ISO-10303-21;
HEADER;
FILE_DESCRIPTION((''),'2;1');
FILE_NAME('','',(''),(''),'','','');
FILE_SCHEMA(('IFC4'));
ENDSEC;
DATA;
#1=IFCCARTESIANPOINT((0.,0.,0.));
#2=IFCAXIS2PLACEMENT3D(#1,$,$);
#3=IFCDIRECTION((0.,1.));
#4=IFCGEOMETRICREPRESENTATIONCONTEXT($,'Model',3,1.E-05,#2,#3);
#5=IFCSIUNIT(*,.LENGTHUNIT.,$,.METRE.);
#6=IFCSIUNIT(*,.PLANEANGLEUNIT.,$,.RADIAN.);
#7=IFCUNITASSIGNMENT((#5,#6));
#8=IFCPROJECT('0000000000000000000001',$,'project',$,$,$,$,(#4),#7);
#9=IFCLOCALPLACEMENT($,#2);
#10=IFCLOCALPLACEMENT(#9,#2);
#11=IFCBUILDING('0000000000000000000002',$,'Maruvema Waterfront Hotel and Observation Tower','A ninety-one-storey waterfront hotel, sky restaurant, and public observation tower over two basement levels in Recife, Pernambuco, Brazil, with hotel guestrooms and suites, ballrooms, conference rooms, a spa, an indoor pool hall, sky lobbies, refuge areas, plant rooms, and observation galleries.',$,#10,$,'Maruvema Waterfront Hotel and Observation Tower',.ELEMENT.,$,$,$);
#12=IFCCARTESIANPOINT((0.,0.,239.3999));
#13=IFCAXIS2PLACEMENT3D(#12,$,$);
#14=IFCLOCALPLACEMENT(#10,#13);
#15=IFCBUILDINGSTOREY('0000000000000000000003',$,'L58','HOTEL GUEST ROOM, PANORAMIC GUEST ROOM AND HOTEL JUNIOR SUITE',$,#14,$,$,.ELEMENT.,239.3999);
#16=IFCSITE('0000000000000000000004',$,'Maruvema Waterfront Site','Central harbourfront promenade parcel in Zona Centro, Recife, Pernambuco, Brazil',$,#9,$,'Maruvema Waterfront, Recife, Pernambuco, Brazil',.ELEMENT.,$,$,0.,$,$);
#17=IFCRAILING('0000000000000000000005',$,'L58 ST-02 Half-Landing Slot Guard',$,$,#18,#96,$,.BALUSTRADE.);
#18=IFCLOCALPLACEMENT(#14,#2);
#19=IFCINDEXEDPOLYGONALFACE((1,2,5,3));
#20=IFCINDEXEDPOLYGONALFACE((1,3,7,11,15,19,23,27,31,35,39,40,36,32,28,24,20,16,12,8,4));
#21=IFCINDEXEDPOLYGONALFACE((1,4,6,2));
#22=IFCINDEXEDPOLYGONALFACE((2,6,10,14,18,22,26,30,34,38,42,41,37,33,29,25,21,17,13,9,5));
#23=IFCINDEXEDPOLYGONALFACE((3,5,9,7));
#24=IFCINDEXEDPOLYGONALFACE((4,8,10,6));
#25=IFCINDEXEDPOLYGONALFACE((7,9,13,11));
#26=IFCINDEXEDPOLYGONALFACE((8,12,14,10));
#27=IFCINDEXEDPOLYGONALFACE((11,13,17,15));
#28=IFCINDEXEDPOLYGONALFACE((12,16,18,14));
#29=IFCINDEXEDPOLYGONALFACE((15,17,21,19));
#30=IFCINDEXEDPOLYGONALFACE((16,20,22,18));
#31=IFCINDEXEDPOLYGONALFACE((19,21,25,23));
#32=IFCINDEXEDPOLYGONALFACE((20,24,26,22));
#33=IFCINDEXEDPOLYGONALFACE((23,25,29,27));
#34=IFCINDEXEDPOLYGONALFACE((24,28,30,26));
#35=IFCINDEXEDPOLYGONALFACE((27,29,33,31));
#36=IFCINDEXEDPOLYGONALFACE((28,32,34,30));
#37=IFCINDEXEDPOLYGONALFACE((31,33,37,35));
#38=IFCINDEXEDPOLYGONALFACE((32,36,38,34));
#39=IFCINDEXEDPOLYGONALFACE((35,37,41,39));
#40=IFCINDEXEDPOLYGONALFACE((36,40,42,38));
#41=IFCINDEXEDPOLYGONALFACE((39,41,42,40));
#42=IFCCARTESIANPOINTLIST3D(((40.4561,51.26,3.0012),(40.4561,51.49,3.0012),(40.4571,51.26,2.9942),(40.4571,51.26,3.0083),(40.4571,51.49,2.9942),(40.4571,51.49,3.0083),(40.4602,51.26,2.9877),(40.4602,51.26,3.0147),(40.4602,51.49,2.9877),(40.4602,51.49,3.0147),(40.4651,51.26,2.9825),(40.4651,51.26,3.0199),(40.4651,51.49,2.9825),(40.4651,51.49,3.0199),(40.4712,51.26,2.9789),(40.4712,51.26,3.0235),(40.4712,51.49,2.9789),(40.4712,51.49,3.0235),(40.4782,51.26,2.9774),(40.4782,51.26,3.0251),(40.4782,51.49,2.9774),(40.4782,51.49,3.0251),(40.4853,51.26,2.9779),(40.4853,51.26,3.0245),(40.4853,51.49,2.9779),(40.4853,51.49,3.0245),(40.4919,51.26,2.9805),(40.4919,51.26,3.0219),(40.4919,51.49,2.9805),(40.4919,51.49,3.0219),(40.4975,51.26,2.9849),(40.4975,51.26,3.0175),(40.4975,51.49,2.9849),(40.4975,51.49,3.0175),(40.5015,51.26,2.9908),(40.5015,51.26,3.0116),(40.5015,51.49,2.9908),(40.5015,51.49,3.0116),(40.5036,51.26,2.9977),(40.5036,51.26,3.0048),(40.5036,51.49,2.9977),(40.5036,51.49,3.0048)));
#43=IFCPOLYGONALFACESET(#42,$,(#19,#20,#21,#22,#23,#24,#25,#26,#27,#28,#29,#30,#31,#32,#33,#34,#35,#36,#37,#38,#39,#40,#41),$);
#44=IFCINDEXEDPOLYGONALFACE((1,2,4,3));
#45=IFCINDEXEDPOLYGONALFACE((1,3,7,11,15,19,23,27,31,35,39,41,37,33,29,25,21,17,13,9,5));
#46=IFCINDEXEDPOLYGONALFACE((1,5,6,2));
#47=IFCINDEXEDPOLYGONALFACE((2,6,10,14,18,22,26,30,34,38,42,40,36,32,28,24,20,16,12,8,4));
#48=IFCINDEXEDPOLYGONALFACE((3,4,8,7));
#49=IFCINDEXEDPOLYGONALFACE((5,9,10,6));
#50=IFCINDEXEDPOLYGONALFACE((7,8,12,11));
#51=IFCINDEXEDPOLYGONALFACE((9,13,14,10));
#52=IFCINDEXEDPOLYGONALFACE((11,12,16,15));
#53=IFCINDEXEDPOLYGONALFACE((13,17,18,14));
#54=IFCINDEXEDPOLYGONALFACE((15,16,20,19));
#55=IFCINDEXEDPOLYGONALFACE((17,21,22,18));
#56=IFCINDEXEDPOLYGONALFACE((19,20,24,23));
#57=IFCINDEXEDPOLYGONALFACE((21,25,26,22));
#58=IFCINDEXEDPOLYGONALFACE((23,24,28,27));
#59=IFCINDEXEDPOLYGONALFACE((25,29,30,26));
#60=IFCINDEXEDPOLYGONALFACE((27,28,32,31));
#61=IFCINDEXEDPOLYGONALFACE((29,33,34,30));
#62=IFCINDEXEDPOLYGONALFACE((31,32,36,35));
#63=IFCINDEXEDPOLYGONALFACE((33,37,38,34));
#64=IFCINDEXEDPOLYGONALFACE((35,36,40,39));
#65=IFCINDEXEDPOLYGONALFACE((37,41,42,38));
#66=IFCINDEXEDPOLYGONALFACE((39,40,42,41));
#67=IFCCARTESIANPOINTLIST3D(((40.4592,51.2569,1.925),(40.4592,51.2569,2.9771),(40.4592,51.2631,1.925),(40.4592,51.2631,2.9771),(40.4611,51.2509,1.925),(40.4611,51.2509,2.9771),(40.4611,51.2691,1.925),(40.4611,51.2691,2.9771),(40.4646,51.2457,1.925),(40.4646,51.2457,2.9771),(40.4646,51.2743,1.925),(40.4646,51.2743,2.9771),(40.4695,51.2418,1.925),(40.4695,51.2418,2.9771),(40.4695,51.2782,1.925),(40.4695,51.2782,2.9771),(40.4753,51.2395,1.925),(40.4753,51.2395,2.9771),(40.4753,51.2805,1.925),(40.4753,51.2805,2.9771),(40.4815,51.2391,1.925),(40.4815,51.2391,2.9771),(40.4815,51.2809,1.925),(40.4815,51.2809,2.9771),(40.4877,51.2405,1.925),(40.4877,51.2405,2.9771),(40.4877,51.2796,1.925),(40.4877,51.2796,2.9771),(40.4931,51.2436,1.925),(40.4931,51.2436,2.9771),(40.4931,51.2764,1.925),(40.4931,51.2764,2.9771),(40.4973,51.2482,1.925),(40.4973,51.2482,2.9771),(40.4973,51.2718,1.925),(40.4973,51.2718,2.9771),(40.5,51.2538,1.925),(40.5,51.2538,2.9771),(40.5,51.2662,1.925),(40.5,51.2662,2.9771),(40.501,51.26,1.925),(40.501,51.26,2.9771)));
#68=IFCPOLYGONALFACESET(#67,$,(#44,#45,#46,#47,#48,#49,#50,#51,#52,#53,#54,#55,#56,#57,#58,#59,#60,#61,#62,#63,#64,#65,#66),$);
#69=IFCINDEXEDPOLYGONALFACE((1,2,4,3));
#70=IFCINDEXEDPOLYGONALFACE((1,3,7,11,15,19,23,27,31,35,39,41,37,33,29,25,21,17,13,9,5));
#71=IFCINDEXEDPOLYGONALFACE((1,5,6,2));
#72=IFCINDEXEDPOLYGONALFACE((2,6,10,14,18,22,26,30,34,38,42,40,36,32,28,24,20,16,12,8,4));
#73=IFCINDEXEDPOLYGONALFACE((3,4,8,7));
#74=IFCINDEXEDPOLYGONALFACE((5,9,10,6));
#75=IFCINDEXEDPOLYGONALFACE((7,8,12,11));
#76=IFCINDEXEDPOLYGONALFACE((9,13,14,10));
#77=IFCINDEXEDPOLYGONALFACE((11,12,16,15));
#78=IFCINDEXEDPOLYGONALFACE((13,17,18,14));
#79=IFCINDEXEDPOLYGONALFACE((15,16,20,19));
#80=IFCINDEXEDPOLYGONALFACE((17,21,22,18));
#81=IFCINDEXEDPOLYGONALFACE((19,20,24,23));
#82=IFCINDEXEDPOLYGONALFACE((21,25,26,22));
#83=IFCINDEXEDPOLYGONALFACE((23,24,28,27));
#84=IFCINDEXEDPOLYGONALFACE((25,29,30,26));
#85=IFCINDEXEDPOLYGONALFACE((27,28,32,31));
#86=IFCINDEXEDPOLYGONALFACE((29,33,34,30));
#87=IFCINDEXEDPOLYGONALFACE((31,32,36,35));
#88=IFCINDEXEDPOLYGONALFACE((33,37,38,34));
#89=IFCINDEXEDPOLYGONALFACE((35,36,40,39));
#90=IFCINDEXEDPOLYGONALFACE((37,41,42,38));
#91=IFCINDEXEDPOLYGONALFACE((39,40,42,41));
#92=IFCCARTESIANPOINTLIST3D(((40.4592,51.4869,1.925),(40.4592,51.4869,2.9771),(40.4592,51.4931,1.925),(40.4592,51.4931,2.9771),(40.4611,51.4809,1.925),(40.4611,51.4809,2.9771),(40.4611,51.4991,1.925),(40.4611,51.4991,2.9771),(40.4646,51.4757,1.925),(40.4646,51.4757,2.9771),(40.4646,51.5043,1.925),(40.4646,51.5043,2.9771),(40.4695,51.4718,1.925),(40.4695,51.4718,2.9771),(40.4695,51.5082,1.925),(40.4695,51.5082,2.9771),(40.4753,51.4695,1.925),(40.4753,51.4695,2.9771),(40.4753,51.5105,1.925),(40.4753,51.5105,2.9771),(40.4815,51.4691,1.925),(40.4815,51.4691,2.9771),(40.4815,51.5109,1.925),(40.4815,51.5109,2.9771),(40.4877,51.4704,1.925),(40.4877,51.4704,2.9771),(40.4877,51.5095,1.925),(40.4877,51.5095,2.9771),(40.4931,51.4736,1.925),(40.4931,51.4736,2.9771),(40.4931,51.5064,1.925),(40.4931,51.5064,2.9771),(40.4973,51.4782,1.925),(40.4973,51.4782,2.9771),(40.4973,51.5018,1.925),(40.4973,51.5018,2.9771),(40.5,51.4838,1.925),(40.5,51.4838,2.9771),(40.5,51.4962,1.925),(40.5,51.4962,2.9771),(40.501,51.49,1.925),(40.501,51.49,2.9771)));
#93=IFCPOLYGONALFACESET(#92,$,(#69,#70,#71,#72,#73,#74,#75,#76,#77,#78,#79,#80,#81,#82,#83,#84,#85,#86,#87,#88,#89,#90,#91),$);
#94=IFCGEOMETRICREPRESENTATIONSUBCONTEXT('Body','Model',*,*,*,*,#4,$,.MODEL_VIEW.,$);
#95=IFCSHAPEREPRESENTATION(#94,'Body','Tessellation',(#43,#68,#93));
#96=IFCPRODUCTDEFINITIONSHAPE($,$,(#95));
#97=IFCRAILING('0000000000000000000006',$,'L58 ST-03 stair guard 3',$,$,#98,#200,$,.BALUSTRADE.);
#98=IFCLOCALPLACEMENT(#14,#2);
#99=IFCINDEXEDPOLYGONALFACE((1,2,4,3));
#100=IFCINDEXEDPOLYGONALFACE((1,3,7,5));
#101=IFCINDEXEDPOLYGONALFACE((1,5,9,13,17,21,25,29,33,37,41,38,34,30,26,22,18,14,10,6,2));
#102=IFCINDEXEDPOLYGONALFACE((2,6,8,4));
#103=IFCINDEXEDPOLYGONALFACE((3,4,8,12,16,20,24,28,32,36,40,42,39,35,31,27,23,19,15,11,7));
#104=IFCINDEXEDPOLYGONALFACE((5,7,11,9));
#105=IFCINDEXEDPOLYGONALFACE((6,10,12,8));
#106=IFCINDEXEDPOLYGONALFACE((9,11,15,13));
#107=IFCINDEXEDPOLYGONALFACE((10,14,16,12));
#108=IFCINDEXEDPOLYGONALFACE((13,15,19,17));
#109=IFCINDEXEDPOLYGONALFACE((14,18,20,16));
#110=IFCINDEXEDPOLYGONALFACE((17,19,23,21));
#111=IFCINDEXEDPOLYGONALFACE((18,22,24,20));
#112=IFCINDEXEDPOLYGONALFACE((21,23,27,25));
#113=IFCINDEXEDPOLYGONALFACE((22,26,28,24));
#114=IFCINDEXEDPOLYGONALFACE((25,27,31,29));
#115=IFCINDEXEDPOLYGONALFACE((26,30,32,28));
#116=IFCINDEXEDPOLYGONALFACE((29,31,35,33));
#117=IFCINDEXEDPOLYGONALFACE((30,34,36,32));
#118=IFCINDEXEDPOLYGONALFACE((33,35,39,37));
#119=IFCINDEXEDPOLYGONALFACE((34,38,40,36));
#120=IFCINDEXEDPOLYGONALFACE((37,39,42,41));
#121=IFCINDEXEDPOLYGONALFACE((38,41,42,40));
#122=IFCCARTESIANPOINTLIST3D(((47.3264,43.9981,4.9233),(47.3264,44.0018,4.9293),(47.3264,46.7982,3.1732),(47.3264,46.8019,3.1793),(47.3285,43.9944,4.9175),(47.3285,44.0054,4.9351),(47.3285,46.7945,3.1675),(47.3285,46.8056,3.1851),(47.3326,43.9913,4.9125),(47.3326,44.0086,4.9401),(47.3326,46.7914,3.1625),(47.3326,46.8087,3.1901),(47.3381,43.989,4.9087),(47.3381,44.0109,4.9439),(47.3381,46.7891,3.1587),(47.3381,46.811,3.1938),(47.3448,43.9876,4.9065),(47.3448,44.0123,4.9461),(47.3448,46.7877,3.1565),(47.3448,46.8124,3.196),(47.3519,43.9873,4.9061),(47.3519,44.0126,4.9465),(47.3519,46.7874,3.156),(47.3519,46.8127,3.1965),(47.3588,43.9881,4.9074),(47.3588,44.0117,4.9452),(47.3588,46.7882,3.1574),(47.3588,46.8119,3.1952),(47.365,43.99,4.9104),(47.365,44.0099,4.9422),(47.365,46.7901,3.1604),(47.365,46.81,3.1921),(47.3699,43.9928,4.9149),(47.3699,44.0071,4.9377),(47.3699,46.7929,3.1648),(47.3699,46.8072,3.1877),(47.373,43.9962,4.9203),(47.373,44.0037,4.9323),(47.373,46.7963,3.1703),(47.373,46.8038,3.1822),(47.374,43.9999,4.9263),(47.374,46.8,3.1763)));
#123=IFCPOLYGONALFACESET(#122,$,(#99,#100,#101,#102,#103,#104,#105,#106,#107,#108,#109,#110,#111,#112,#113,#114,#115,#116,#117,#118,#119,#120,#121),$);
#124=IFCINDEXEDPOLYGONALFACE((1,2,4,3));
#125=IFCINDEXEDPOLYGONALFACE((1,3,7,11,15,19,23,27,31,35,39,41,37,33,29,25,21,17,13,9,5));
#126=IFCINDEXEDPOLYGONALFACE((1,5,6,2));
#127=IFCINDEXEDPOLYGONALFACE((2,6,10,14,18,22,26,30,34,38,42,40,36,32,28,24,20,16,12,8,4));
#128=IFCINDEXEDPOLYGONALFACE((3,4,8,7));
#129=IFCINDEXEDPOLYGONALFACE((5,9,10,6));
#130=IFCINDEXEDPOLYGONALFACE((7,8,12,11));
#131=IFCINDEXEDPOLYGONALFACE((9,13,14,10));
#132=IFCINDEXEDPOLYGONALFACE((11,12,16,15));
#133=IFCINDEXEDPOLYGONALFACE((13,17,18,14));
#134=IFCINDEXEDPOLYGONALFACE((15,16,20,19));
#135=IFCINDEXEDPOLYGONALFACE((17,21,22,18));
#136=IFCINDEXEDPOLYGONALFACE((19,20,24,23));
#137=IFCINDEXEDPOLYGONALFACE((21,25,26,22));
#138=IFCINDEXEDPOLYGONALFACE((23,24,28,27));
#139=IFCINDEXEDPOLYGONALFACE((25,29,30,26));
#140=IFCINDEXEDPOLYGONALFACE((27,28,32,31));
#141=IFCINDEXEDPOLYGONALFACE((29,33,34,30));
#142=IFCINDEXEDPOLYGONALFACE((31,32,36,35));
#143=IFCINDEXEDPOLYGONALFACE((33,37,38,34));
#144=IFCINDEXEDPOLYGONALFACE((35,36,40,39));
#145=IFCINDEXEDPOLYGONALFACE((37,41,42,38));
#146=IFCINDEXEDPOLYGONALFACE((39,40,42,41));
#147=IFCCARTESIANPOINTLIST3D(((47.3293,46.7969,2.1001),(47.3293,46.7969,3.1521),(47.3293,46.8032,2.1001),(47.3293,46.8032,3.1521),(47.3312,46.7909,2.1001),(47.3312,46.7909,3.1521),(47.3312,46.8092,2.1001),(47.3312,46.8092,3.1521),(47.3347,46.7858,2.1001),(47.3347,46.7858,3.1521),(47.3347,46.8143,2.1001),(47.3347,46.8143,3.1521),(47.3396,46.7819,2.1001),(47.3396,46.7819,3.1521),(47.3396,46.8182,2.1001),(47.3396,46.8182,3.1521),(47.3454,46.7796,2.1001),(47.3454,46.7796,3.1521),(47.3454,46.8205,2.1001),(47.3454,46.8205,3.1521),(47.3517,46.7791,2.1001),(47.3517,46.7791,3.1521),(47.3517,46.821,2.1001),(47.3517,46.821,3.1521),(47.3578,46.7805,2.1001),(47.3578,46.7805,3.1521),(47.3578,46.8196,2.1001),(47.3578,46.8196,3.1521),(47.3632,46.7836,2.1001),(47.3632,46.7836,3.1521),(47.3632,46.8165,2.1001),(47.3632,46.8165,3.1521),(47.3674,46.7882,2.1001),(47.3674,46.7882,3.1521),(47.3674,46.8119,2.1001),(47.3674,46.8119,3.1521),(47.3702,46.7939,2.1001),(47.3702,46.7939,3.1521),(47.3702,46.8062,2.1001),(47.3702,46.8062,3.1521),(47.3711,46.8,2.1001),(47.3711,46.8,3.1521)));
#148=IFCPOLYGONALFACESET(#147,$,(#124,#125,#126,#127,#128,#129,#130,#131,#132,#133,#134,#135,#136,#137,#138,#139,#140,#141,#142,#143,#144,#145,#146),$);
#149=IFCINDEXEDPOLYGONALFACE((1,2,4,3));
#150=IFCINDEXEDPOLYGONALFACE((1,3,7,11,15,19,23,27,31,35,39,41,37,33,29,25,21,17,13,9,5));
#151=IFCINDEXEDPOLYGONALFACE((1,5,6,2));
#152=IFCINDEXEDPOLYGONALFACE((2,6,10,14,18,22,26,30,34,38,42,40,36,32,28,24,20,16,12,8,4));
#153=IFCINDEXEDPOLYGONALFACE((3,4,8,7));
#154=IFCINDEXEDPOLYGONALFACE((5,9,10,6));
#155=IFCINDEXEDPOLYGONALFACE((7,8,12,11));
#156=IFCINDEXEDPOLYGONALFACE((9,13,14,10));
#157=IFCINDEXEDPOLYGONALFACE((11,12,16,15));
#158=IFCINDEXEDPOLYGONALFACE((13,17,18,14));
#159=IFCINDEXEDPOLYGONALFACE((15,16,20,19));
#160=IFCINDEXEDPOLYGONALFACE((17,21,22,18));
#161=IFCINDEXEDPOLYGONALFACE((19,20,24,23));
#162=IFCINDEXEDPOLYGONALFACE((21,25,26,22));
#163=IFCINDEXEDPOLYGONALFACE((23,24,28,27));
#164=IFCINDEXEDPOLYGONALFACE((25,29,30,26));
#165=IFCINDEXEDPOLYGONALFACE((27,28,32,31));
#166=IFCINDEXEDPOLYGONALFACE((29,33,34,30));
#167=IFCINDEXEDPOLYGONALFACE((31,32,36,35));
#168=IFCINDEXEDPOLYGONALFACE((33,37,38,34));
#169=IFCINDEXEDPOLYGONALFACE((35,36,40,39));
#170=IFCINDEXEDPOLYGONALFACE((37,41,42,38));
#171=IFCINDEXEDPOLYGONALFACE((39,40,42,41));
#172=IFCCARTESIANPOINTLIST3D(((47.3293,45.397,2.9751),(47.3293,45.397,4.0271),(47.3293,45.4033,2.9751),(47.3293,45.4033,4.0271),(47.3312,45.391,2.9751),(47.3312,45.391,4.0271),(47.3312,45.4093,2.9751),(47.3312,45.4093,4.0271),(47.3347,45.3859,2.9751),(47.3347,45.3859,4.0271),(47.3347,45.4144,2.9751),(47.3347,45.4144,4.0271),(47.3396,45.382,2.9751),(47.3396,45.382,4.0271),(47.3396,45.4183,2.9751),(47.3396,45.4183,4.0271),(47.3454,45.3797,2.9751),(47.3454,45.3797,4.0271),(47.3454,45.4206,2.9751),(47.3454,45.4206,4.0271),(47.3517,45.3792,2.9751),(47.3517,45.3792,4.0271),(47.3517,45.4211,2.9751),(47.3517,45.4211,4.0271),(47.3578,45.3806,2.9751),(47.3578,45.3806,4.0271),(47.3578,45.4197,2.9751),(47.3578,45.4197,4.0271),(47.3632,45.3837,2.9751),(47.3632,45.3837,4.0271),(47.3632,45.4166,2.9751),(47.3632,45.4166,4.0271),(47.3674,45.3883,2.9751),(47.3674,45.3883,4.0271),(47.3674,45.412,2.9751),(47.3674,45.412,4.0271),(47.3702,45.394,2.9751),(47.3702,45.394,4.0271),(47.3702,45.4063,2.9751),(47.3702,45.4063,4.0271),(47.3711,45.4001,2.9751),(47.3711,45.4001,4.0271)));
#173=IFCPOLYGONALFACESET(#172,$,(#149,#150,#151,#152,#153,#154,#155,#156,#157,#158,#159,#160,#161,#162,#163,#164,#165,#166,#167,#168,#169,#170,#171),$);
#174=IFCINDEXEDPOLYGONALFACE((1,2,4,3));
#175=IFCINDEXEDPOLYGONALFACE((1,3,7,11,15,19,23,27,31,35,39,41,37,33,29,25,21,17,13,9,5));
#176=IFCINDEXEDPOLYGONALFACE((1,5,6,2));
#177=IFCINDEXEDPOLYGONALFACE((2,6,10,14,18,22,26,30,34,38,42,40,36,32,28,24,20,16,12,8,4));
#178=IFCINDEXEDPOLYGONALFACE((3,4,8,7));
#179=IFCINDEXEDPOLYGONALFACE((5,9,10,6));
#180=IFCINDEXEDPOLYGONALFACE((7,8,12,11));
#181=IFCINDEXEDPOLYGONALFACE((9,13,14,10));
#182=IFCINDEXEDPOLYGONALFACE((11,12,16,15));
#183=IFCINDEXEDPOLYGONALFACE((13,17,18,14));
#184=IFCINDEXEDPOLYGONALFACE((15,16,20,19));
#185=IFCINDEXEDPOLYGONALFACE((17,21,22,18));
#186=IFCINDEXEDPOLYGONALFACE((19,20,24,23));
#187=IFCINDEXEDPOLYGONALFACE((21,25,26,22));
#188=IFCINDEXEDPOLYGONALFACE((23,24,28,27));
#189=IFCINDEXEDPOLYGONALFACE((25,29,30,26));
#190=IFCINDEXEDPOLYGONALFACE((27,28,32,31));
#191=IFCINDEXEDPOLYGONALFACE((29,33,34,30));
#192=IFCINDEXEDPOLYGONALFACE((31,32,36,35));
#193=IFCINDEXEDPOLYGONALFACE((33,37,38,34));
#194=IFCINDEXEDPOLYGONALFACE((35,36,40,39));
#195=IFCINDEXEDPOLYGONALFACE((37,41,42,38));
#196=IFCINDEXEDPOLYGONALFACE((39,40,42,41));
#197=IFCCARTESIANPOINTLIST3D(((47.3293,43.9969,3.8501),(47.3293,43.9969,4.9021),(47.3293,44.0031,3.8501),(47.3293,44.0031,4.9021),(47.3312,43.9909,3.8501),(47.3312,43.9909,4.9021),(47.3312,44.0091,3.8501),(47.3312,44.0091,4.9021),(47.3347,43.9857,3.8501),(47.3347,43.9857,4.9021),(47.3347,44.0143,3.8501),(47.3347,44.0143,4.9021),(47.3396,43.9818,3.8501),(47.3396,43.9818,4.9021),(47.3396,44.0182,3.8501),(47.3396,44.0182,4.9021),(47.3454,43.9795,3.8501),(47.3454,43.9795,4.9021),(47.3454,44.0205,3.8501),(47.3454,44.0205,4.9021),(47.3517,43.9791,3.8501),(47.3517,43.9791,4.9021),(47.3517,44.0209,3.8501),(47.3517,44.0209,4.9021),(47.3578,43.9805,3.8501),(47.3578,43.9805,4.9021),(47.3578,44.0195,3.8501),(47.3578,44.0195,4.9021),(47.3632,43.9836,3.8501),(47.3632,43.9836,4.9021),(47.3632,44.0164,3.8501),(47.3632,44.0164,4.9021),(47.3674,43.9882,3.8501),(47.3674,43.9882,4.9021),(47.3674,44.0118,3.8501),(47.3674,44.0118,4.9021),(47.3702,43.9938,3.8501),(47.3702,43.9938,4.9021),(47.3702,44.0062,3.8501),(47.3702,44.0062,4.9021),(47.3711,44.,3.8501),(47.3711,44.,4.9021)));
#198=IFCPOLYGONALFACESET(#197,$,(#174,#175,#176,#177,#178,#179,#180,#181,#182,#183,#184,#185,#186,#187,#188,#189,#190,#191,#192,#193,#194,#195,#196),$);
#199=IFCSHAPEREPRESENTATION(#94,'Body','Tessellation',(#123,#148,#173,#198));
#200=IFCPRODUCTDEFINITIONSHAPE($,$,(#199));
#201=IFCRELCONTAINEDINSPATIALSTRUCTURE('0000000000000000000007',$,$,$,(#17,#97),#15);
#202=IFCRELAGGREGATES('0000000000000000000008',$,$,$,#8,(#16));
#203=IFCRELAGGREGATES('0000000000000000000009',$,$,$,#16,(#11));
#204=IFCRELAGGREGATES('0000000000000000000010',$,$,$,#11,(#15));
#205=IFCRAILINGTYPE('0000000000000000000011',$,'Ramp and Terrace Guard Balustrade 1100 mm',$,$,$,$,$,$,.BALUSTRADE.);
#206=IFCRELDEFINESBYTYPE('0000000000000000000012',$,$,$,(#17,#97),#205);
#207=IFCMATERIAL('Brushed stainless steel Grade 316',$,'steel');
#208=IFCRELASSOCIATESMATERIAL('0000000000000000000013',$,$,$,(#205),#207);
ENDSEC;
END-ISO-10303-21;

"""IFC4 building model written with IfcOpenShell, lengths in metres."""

from ifc_helpers import new_model, si_unit, direction, frame, origin, origin_2d, place, context, subcontext, project, spatial, circle, extrude, material, type_object, element, save


model = new_model("IFC4")

# Units and contexts
model_context = context("Model", 3, precision=1e-05, world=origin(), true_north=direction((0.0, 1.0)))
body_context = subcontext(model_context, "Body", "Model", "MODEL_VIEW")
ifc_project = project(units=[si_unit("LENGTHUNIT", "METRE"), si_unit("PLANEANGLEUNIT", "RADIAN")], contexts=[model_context])

# Site, building, storey
site_placement = place(None, origin())
site = spatial("IfcSite", under=ifc_project, at=site_placement, Name="Maruvema Waterfront Site", Description="Central harbourfront promenade parcel in Zona Centro, Recife, Pernambuco, Brazil", LongName="Maruvema Waterfront, Recife, Pernambuco, Brazil", CompositionType="ELEMENT", RefElevation=0.0)
building_placement = place(site_placement, origin())
building = spatial("IfcBuilding", under=site, at=building_placement, Name="Maruvema Waterfront Hotel and Observation Tower", Description="A ninety-one-storey waterfront hotel, sky restaurant, and public observation tower over two basement levels in Recife, Pernambuco, Brazil, with hotel guestrooms and suites, ballrooms, conference rooms, a spa, an indoor pool hall, sky lobbies, refuge areas, plant rooms, and observation galleries.", LongName="Maruvema Waterfront Hotel and Observation Tower", CompositionType="ELEMENT")
storey_placement = place(building_placement, frame((0.0, 0.0, 239.3999)))
storey = spatial("IfcBuildingStorey", under=building, at=storey_placement, Name="L58", Description="HOTEL GUEST ROOM, PANORAMIC GUEST ROOM AND HOTEL JUNIOR SUITE", CompositionType="ELEMENT", Elevation=239.3999)

# Railings
ifc_material_1 = material(Name="Brushed stainless steel Grade 316", Category="steel")
railing_type_1 = type_object("IfcRailingType", Name="Ramp and Terrace Guard Balustrade 1100 mm", PredefinedType="BALUSTRADE", material=ifc_material_1)
railing_1_placement = place(storey_placement, frame((40.48, 51.26, 1.925)))
element("IfcRailing", 1, at=railing_1_placement, inside=storey, type_object=railing_type_1, Name="L58 ST-02 Half-Landing Slot Guard", PredefinedType="BALUSTRADE", context=body_context, shape_type="SweptSolid", body=[
    extrude(circle(Radius=0.0239, at=origin_2d()), frame((0.0, 0.0, 1.0762), z_axis=(0.0, 1.0, 0.0), x_axis=(-1.0, 0.0, 0.0)), (0.0, 0.0, 1.0), 0.23),
    extrude(circle(Radius=0.021, at=origin_2d()), origin(), (0.0, 0.0, 1.0), 1.052),
    extrude(circle(Radius=0.021, at=origin_2d()), frame((0.0, 0.23, 0.0)), (0.0, 0.0, 1.0), 1.052),
])
railing_2_placement = place(storey_placement, frame((47.3501, 46.8, 2.1001)))
element("IfcRailing", 2, at=railing_2_placement, inside=storey, type_object=railing_type_1, Name="L58 ST-03 stair guard 3", PredefinedType="BALUSTRADE", context=body_context, shape_type="SweptSolid", body=[
    extrude(circle(Radius=0.0239, at=origin_2d()), frame((0.0, 0.0, 1.0762), z_axis=(0.0, -0.848002, 0.529992), x_axis=(1.0, 0.0, 0.0)), (0.0, 0.0, 1.0), 3.302),
    extrude(circle(Radius=0.021, at=origin_2d()), origin(), (0.0, 0.0, 1.0), 1.052),
    extrude(circle(Radius=0.021, at=origin_2d()), frame((0.0, -1.3999, 0.875)), (0.0, 0.0, 1.0), 1.052),
    extrude(circle(Radius=0.021, at=origin_2d()), frame((0.0, -2.8, 1.75)), (0.0, 0.0, 1.0), 1.052),
])

save(model, "model.ifc")
